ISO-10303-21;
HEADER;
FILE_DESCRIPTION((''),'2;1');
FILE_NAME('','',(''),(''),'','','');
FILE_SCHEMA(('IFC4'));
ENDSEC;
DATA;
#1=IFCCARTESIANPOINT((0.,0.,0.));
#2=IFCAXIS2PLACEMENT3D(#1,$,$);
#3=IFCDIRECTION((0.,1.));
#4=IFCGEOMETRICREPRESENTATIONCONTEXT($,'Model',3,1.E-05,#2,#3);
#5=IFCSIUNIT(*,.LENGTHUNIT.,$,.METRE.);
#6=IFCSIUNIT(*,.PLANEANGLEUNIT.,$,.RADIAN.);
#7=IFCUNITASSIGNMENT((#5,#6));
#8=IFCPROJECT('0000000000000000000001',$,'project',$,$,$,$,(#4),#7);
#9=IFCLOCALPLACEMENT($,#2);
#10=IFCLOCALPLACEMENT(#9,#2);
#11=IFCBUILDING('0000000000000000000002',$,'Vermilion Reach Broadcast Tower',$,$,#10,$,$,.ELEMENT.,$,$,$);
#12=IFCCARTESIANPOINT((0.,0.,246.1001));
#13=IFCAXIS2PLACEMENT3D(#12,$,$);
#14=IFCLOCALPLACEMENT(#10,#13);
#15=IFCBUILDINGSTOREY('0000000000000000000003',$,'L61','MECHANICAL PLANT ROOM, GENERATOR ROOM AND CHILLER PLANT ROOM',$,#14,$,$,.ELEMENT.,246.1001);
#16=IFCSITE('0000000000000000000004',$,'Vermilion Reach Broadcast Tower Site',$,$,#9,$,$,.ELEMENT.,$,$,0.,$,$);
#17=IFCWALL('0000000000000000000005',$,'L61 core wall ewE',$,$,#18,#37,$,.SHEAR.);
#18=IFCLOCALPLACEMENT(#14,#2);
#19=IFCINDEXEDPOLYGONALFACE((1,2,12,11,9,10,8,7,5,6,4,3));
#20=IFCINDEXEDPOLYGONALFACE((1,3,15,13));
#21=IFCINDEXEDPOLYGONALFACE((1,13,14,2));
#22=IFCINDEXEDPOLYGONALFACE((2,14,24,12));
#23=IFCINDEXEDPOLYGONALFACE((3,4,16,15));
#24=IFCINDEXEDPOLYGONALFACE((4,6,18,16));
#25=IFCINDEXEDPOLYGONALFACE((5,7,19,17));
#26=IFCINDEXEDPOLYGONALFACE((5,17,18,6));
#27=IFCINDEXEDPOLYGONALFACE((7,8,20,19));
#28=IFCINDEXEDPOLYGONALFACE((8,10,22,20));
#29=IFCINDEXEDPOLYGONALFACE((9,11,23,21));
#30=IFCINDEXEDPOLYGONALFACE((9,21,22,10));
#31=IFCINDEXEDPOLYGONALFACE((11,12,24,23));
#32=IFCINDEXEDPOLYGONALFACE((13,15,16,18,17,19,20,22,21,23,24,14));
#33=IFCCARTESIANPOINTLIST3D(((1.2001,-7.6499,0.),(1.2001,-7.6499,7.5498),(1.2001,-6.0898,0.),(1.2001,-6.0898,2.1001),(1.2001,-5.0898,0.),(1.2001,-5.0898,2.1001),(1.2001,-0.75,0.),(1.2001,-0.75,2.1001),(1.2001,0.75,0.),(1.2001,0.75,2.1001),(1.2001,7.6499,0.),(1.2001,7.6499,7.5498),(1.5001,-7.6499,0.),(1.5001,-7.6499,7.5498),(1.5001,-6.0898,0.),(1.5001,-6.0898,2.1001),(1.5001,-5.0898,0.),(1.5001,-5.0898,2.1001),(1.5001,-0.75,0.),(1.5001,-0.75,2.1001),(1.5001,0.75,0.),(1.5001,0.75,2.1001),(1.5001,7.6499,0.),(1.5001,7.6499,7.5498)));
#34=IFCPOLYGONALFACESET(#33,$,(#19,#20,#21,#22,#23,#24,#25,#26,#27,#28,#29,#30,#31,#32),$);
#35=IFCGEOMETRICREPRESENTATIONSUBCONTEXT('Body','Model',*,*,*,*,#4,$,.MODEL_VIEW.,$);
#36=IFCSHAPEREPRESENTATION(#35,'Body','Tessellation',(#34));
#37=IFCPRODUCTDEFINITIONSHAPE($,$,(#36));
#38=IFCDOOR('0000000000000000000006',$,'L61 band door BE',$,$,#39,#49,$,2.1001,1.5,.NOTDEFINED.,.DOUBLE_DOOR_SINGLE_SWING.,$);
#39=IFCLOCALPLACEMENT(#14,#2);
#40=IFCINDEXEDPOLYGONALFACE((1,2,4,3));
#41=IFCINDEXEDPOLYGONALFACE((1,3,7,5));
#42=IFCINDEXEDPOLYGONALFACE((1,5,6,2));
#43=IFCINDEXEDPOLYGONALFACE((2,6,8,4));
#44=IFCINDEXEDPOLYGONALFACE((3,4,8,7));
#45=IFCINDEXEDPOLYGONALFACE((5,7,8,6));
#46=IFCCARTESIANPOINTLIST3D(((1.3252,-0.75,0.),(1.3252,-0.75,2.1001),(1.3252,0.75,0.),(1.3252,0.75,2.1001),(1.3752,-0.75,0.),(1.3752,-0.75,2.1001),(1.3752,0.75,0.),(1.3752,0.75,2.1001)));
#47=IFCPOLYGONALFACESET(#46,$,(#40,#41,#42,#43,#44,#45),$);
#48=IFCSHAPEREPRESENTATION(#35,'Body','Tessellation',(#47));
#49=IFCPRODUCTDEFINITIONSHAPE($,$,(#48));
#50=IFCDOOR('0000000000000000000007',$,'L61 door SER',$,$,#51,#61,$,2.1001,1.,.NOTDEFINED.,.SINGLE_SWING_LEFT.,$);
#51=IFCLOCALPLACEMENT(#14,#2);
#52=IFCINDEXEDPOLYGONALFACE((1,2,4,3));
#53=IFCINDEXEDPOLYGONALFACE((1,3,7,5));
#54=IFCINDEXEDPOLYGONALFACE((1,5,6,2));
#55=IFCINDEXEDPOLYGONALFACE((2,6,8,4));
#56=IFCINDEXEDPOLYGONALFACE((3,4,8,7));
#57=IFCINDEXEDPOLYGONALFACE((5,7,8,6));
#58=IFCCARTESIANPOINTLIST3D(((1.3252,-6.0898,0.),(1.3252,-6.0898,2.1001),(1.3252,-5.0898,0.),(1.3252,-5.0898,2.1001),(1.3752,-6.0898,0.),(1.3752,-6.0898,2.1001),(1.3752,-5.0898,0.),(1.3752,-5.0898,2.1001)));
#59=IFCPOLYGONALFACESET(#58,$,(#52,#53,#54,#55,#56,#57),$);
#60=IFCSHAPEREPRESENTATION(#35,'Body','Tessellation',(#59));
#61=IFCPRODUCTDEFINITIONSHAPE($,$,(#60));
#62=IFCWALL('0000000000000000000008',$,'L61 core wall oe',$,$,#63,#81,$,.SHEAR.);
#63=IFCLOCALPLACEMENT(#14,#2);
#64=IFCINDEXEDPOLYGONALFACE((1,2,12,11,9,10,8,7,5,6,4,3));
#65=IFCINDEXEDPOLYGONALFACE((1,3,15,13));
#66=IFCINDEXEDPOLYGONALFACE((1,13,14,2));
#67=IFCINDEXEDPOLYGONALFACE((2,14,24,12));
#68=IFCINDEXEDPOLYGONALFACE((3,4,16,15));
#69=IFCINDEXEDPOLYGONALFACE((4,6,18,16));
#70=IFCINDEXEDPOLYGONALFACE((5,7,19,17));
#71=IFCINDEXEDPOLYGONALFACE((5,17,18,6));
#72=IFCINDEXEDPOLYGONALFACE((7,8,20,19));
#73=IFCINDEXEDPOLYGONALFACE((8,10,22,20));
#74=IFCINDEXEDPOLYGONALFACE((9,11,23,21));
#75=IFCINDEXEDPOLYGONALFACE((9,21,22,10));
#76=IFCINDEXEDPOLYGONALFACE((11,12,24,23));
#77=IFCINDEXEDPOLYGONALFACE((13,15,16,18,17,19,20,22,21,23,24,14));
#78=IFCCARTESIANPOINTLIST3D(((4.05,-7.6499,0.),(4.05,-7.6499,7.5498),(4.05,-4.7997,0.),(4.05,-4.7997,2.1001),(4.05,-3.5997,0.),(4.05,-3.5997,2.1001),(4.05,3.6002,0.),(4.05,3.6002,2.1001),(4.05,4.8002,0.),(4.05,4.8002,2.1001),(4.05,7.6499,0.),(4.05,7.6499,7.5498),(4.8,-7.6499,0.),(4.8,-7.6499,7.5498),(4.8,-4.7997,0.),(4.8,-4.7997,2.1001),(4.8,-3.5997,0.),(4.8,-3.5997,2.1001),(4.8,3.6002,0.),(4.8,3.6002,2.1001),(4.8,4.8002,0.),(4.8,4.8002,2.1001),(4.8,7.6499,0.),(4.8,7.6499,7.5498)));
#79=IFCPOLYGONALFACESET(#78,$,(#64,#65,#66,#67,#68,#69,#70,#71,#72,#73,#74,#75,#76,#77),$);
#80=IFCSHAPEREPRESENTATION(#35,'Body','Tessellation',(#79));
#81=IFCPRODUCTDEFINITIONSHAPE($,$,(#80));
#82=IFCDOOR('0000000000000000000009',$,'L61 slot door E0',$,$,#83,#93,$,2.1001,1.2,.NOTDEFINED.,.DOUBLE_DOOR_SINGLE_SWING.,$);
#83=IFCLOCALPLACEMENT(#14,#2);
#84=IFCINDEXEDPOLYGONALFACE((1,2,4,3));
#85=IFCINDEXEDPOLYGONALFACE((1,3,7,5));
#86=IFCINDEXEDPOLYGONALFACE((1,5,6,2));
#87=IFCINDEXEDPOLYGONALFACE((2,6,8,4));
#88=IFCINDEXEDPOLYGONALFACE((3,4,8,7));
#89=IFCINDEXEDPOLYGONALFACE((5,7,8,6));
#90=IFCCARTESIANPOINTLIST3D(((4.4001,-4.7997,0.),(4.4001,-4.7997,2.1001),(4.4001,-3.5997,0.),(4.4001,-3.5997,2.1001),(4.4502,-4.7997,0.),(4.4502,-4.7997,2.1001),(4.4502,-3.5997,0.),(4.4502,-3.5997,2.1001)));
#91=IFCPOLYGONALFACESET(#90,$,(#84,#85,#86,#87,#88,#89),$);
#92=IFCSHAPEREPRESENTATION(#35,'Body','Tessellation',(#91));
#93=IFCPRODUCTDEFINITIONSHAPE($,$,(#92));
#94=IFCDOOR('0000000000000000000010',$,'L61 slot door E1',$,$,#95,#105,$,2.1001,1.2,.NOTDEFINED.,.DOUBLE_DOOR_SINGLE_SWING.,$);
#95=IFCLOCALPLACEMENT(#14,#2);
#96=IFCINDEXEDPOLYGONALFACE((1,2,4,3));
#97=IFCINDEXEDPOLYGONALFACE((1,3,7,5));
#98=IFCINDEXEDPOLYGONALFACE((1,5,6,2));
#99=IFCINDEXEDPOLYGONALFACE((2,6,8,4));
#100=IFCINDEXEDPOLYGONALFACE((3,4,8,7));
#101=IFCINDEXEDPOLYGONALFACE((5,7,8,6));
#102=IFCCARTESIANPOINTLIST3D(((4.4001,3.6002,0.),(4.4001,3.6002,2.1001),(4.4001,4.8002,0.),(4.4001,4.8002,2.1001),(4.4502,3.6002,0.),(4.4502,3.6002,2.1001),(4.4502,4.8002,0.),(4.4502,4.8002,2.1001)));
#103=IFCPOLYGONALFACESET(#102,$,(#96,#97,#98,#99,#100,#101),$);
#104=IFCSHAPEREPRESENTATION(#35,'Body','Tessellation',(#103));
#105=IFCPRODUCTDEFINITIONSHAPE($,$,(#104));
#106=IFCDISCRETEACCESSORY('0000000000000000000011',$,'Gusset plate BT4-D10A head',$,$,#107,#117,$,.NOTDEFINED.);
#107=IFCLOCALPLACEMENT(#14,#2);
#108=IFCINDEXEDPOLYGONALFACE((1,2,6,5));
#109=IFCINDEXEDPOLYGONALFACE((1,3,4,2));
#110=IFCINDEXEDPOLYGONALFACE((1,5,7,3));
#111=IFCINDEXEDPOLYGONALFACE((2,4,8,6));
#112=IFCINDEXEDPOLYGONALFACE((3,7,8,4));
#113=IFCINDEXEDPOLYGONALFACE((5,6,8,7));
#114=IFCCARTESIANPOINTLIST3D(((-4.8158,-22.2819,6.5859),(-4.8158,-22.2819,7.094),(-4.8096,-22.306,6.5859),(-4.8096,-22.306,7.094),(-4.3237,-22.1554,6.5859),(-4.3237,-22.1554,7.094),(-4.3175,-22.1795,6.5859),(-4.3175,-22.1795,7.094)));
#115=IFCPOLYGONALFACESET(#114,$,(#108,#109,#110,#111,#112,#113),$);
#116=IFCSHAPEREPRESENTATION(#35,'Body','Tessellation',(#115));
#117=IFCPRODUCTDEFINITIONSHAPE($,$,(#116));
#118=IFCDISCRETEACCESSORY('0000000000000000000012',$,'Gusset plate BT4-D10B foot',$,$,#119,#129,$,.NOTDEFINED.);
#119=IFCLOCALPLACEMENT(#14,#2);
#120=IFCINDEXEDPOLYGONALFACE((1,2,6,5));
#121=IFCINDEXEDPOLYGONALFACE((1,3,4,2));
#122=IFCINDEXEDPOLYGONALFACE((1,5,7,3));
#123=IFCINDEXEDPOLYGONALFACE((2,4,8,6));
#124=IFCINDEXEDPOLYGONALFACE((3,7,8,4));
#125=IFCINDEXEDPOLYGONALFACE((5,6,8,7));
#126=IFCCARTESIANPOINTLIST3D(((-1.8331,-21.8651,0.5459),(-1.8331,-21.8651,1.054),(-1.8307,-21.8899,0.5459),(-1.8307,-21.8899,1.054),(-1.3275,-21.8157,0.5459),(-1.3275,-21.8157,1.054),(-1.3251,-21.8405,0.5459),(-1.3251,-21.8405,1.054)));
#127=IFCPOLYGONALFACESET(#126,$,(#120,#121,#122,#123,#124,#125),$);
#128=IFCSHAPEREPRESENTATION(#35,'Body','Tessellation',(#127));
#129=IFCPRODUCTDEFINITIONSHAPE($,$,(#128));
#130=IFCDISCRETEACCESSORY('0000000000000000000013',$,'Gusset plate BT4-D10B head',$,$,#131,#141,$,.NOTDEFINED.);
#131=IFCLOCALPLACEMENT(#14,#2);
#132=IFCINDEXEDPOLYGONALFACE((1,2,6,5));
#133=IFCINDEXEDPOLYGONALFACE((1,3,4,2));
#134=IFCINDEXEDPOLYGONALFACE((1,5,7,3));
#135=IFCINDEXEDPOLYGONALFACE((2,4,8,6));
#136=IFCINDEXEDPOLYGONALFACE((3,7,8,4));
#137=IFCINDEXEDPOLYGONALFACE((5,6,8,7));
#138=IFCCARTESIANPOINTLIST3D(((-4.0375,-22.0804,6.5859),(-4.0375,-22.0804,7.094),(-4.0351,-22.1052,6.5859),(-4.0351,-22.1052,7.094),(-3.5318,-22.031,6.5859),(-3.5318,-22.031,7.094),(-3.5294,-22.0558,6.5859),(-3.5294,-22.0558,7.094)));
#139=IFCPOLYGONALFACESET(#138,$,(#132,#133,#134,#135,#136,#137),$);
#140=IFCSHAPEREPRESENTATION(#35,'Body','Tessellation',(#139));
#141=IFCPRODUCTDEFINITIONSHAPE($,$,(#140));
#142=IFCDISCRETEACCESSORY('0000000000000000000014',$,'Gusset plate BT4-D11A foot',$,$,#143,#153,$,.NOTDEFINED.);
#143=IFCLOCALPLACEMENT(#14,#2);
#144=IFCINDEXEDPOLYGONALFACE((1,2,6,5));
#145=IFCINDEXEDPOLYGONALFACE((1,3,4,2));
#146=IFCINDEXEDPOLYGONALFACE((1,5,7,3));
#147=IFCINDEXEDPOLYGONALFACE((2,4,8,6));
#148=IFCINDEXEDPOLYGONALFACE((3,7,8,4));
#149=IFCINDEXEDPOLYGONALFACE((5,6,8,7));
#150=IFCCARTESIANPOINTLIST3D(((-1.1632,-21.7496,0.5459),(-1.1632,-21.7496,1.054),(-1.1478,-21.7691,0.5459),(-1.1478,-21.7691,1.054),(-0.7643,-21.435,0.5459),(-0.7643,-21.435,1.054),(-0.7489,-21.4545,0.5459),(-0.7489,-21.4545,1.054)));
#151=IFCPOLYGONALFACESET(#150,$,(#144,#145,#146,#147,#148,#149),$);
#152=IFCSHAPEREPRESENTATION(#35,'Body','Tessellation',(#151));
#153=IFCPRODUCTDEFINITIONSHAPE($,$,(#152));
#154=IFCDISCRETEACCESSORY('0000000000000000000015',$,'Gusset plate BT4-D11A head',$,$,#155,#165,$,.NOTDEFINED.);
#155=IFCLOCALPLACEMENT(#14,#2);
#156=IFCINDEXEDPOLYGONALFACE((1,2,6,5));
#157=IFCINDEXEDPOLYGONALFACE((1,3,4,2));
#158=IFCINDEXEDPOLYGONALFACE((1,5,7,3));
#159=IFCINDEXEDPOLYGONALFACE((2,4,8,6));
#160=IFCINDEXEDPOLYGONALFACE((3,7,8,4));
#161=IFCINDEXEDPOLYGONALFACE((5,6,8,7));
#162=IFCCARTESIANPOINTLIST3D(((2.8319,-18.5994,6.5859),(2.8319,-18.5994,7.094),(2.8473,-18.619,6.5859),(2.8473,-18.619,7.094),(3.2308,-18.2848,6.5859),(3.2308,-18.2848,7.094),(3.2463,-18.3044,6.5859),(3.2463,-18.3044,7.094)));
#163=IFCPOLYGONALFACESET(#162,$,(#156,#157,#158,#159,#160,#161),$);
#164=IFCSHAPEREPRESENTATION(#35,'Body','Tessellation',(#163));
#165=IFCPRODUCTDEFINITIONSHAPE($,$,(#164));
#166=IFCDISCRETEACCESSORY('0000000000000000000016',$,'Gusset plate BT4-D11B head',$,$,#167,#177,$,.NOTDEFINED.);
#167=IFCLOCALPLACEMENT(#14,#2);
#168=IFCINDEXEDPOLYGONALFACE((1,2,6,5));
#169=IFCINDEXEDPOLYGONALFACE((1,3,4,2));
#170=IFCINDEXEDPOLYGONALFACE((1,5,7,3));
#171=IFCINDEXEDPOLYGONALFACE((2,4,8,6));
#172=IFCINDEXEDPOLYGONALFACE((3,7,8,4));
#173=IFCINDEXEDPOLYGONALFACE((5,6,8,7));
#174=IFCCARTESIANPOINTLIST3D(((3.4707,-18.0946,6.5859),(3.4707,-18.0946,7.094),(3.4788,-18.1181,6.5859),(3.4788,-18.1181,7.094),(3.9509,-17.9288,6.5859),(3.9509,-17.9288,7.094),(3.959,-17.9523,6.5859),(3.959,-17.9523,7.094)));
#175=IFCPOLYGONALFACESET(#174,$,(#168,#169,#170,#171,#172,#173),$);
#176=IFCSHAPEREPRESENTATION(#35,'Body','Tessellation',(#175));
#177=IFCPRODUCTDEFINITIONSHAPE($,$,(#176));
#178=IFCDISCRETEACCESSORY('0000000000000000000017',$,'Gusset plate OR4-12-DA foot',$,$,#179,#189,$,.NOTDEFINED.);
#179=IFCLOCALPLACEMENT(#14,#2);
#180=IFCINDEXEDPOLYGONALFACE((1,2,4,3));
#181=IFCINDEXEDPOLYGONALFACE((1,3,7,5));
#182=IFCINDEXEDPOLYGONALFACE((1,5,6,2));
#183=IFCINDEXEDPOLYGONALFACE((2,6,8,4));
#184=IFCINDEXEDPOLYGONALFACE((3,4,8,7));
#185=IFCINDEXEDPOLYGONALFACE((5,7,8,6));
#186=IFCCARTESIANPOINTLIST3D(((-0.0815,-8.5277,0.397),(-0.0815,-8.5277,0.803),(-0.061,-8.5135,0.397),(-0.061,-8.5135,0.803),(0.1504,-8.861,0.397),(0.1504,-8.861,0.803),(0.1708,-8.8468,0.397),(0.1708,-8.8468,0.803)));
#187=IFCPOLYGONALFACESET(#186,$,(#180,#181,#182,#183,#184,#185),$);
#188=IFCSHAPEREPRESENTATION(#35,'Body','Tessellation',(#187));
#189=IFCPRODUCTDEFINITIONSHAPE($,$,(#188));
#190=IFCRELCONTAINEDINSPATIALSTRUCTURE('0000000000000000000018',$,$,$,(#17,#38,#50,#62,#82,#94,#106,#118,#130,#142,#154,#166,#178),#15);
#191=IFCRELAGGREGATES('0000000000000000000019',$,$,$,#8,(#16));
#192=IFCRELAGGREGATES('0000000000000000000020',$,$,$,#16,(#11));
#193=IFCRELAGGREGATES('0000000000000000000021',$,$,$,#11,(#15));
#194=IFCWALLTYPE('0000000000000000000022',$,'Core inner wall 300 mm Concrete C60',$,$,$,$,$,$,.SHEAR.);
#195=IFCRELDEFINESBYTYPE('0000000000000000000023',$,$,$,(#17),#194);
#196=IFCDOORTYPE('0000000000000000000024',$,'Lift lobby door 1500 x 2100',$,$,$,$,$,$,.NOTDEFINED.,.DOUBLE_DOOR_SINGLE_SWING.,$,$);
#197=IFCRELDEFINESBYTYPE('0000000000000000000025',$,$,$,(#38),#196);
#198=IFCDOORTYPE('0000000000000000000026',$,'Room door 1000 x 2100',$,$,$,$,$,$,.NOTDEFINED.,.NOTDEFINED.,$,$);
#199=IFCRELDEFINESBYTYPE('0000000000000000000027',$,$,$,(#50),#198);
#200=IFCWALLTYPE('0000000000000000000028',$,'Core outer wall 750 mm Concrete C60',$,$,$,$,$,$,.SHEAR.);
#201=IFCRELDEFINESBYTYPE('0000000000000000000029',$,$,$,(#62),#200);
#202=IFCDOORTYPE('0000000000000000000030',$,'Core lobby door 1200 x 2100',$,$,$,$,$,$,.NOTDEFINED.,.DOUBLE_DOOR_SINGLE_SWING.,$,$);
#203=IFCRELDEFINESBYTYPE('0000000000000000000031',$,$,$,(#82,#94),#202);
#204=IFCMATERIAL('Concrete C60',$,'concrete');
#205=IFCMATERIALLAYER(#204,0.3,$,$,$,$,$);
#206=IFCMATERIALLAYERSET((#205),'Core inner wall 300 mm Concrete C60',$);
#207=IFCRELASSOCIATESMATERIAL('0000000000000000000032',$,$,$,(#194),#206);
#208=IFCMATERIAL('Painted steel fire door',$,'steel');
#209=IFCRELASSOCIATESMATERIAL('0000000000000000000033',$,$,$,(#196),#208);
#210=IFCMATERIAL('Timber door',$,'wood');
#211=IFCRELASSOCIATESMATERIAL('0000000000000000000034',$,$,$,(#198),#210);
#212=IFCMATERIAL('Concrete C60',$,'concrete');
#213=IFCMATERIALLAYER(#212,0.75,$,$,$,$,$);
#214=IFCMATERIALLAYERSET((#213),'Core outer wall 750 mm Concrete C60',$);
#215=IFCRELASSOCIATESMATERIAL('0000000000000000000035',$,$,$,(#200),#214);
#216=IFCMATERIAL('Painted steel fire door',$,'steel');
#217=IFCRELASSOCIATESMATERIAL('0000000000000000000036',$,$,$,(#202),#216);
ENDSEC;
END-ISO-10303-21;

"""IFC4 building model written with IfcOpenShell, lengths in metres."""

from ifc_helpers import new_model, si_unit, direction, frame, frame_2d, origin, origin_2d, place, context, subcontext, project, spatial, rectangle, extrude, material, layer, layer_set, type_object, element, fill, save


model = new_model("IFC4")

# Units and contexts
model_context = context("Model", 3, precision=1e-05, world=origin(), true_north=direction((0.0, 1.0)))
body_context = subcontext(model_context, "Body", "Model", "MODEL_VIEW")
ifc_project = project(units=[si_unit("LENGTHUNIT", "METRE"), si_unit("PLANEANGLEUNIT", "RADIAN")], contexts=[model_context])

# Site, building, storey
site_placement = place(None, origin())
site = spatial("IfcSite", under=ifc_project, at=site_placement, Name="Vermilion Reach Broadcast Tower Site", CompositionType="ELEMENT", RefElevation=0.0)
building_placement = place(site_placement, origin())
building = spatial("IfcBuilding", under=site, at=building_placement, Name="Vermilion Reach Broadcast Tower", CompositionType="ELEMENT")
storey_placement = place(building_placement, frame((0.0, 0.0, 246.1001)))
storey = spatial("IfcBuildingStorey", under=building, at=storey_placement, Name="L61", Description="MECHANICAL PLANT ROOM, GENERATOR ROOM AND CHILLER PLANT ROOM", CompositionType="ELEMENT", Elevation=246.1001)

# Walls, openings, doors
ifc_material_1 = material(Name="Concrete C60", Category="concrete")
ifc_layer_1 = layer(ifc_material_1, 0.3)
ifc_layer_set_1 = layer_set([ifc_layer_1], Name="Core inner wall 300 mm Concrete C60")
wall_type_1 = type_object("IfcWallType", Name="Core inner wall 300 mm Concrete C60", PredefinedType="SHEAR", material=ifc_layer_set_1)
wall_1_placement = place(storey_placement, frame((1.3501, -7.6499, 0.0), z_axis=(0.0, 0.0, 1.0), x_axis=(0.0, 1.0, 0.0)))
wall_1 = element("IfcWall", 1, at=wall_1_placement, inside=storey, type_object=wall_type_1, Name="L61 core wall ewE", PredefinedType="SHEAR", context=body_context, shape_type="SweptSolid", body=[
    extrude(rectangle(XDim=15.2998, YDim=0.3, at=frame_2d((7.6499, 0.0))), origin(), (0.0, 0.0, 1.0), 7.5498),
])
opening_1_placement = place(wall_1_placement, frame((1.5601, 0.0, 0.0)))
opening_1 = element("IfcOpeningElement", 2, at=opening_1_placement, cuts=wall_1, PredefinedType="OPENING", context=body_context, shape_type="SweptSolid", body=[
    extrude(rectangle(XDim=1.0, YDim=2.1001, at=frame_2d((0.5, 1.05))), frame((0.0, 0.1599, 0.0), z_axis=(0.0, -1.0, 0.0), x_axis=(1.0, 0.0, 0.0)), (0.0, 0.0, 1.0), 0.3201),
])
opening_2_placement = place(wall_1_placement, frame((6.8999, 0.0, 0.0)))
opening_2 = element("IfcOpeningElement", 3, at=opening_2_placement, cuts=wall_1, PredefinedType="OPENING", context=body_context, shape_type="SweptSolid", body=[
    extrude(rectangle(XDim=1.5, YDim=2.1001, at=frame_2d((0.75, 1.05))), frame((0.0, 0.1599, 0.0), z_axis=(0.0, -1.0, 0.0), x_axis=(1.0, 0.0, 0.0)), (0.0, 0.0, 1.0), 0.3201),
])
ifc_material_2 = material(Name="Painted steel fire door", Category="steel")
door_type_1 = type_object("IfcDoorType", Name="Lift lobby door 1500 x 2100", OperationType="DOUBLE_DOOR_SINGLE_SWING", PredefinedType="NOTDEFINED", material=ifc_material_2)
door_1_placement = place(opening_2_placement, origin())
door_1 = element("IfcDoor", 4, at=door_1_placement, inside=storey, type_object=door_type_1, Name="L61 band door BE", OperationType="DOUBLE_DOOR_SINGLE_SWING", OverallHeight=2.1001, OverallWidth=1.5, PredefinedType="NOTDEFINED", context=body_context, shape_type="SweptSolid", body=[
    extrude(rectangle(XDim=1.5, YDim=2.1001, at=frame_2d((0.75, 1.05))), frame((0.0, 0.0249, 0.0), z_axis=(0.0, -1.0, 0.0), x_axis=(1.0, 0.0, 0.0)), (0.0, 0.0, 1.0), 0.05),
])
fill(opening_2, door_1)
ifc_material_3 = material(Name="Timber door", Category="wood")
door_type_2 = type_object("IfcDoorType", Name="Room door 1000 x 2100", OperationType="NOTDEFINED", PredefinedType="NOTDEFINED", material=ifc_material_3)
door_2_placement = place(opening_1_placement, origin())
door_2 = element("IfcDoor", 5, at=door_2_placement, inside=storey, type_object=door_type_2, Name="L61 door SER", OperationType="SINGLE_SWING_LEFT", OverallHeight=2.1001, OverallWidth=1.0, PredefinedType="NOTDEFINED", context=body_context, shape_type="SweptSolid", body=[
    extrude(rectangle(XDim=1.0, YDim=2.1001, at=frame_2d((0.5, 1.05))), frame((0.0, 0.0249, 0.0), z_axis=(0.0, -1.0, 0.0), x_axis=(1.0, 0.0, 0.0)), (0.0, 0.0, 1.0), 0.05),
])
fill(opening_1, door_2)
ifc_material_4 = material(Name="Concrete C60", Category="concrete")
ifc_layer_2 = layer(ifc_material_4, 0.75)
ifc_layer_set_2 = layer_set([ifc_layer_2], Name="Core outer wall 750 mm Concrete C60")
wall_type_2 = type_object("IfcWallType", Name="Core outer wall 750 mm Concrete C60", PredefinedType="SHEAR", material=ifc_layer_set_2)
wall_2_placement = place(storey_placement, frame((4.425, -7.6499, 0.0), z_axis=(0.0, 0.0, 1.0), x_axis=(0.0, 1.0, 0.0)))
wall_2 = element("IfcWall", 6, at=wall_2_placement, inside=storey, type_object=wall_type_2, Name="L61 core wall oe", PredefinedType="SHEAR", context=body_context, shape_type="SweptSolid", body=[
    extrude(rectangle(XDim=15.2998, YDim=0.75, at=frame_2d((7.6499, 0.0))), origin(), (0.0, 0.0, 1.0), 7.5498),
])
opening_3_placement = place(wall_2_placement, frame((2.8501, 0.0, 0.0)))
opening_3 = element("IfcOpeningElement", 7, at=opening_3_placement, cuts=wall_2, PredefinedType="OPENING", context=body_context, shape_type="SweptSolid", body=[
    extrude(rectangle(XDim=1.2, YDim=2.1001, at=frame_2d((0.6001, 1.05))), frame((0.0, 0.385, 0.0), z_axis=(0.0, -1.0, 0.0), x_axis=(1.0, 0.0, 0.0)), (0.0, 0.0, 1.0), 0.77),
])
opening_4_placement = place(wall_2_placement, frame((11.25, 0.0, 0.0)))
opening_4 = element("IfcOpeningElement", 8, at=opening_4_placement, cuts=wall_2, PredefinedType="OPENING", context=body_context, shape_type="SweptSolid", body=[
    extrude(rectangle(XDim=1.2, YDim=2.1001, at=frame_2d((0.6001, 1.05))), frame((0.0, 0.385, 0.0), z_axis=(0.0, -1.0, 0.0), x_axis=(1.0, 0.0, 0.0)), (0.0, 0.0, 1.0), 0.77),
])
ifc_material_5 = material(Name="Painted steel fire door", Category="steel")
door_type_3 = type_object("IfcDoorType", Name="Core lobby door 1200 x 2100", OperationType="DOUBLE_DOOR_SINGLE_SWING", PredefinedType="NOTDEFINED", material=ifc_material_5)
door_3_placement = place(opening_3_placement, origin())
door_3 = element("IfcDoor", 9, at=door_3_placement, inside=storey, type_object=door_type_3, Name="L61 slot door E0", OperationType="DOUBLE_DOOR_SINGLE_SWING", OverallHeight=2.1001, OverallWidth=1.2, PredefinedType="NOTDEFINED", context=body_context, shape_type="SweptSolid", body=[
    extrude(rectangle(XDim=1.2, YDim=2.1001, at=frame_2d((0.6001, 1.05))), frame((0.0, 0.0249, 0.0), z_axis=(0.0, -1.0, 0.0), x_axis=(1.0, 0.0, 0.0)), (0.0, 0.0, 1.0), 0.05),
])
fill(opening_3, door_3)
door_4_placement = place(opening_4_placement, origin())
door_4 = element("IfcDoor", 10, at=door_4_placement, inside=storey, type_object=door_type_3, Name="L61 slot door E1", OperationType="DOUBLE_DOOR_SINGLE_SWING", OverallHeight=2.1001, OverallWidth=1.2, PredefinedType="NOTDEFINED", context=body_context, shape_type="SweptSolid", body=[
    extrude(rectangle(XDim=1.2, YDim=2.1001, at=frame_2d((0.6001, 1.05))), frame((0.0, 0.0249, 0.0), z_axis=(0.0, -1.0, 0.0), x_axis=(1.0, 0.0, 0.0)), (0.0, 0.0, 1.0), 0.05),
])
fill(opening_4, door_4)

# Discrete accessories
for number, where, z_axis, x_axis, name in (
    (11, (-4.5667, -22.2307, 6.5859), (0.0, 0.0, 1.0), (-0.248884, 0.968533, 0.0), "Gusset plate BT4-D10A head"),
    (12, (-1.5791, -21.8528, 0.5459), (0.0, 0.0, 1.0), (0.097229, -0.995262, 0.0), "Gusset plate BT4-D10B foot"),
    (13, (-3.7834, -22.0681, 6.5859), (0.0, 0.0, 1.0), (0.097229, -0.995262, 0.0), "Gusset plate BT4-D10B head"),
    (14, (-0.9561, -21.6021, 0.5459), (0.0, 0.0, 1.0), (-0.619157, 0.785267, 0.0), "Gusset plate BT4-D11A foot"),
    (15, (3.0391, -18.4519, 6.5859), (0.0, 0.0, 1.0), (-0.619157, 0.785267, 0.0), "Gusset plate BT4-D11A head"),
    (16, (3.7148, -18.0234, 6.5859), (0.0, 0.0, 1.0), (0.326331, -0.945256, 0.0), "Gusset plate BT4-D11B head"),
):
    element("IfcDiscreteAccessory", number, at=place(storey_placement, frame(where, z_axis=z_axis, x_axis=x_axis)), inside=storey, Name=name, PredefinedType="NOTDEFINED", context=body_context, shape_type="SweptSolid", body=[
        extrude(rectangle(XDim=0.0249, YDim=0.5081, at=origin_2d()), origin(), (0.0, 0.0, 1.0), 0.5081),
    ])
for number, where, z_axis, x_axis, name in (
    (17, (0.0447, -8.6873, 0.397), (0.0, 0.0, 1.0), (0.82085, 0.571143, 0.0), "Gusset plate OR4-12-DA foot"),
):
    element("IfcDiscreteAccessory", number, at=place(storey_placement, frame(where, z_axis=z_axis, x_axis=x_axis)), inside=storey, Name=name, PredefinedType="NOTDEFINED", context=body_context, shape_type="SweptSolid", body=[
        extrude(rectangle(XDim=0.0249, YDim=0.406, at=origin_2d()), origin(), (0.0, 0.0, 1.0), 0.406),
    ])

save(model, "model.ifc")
